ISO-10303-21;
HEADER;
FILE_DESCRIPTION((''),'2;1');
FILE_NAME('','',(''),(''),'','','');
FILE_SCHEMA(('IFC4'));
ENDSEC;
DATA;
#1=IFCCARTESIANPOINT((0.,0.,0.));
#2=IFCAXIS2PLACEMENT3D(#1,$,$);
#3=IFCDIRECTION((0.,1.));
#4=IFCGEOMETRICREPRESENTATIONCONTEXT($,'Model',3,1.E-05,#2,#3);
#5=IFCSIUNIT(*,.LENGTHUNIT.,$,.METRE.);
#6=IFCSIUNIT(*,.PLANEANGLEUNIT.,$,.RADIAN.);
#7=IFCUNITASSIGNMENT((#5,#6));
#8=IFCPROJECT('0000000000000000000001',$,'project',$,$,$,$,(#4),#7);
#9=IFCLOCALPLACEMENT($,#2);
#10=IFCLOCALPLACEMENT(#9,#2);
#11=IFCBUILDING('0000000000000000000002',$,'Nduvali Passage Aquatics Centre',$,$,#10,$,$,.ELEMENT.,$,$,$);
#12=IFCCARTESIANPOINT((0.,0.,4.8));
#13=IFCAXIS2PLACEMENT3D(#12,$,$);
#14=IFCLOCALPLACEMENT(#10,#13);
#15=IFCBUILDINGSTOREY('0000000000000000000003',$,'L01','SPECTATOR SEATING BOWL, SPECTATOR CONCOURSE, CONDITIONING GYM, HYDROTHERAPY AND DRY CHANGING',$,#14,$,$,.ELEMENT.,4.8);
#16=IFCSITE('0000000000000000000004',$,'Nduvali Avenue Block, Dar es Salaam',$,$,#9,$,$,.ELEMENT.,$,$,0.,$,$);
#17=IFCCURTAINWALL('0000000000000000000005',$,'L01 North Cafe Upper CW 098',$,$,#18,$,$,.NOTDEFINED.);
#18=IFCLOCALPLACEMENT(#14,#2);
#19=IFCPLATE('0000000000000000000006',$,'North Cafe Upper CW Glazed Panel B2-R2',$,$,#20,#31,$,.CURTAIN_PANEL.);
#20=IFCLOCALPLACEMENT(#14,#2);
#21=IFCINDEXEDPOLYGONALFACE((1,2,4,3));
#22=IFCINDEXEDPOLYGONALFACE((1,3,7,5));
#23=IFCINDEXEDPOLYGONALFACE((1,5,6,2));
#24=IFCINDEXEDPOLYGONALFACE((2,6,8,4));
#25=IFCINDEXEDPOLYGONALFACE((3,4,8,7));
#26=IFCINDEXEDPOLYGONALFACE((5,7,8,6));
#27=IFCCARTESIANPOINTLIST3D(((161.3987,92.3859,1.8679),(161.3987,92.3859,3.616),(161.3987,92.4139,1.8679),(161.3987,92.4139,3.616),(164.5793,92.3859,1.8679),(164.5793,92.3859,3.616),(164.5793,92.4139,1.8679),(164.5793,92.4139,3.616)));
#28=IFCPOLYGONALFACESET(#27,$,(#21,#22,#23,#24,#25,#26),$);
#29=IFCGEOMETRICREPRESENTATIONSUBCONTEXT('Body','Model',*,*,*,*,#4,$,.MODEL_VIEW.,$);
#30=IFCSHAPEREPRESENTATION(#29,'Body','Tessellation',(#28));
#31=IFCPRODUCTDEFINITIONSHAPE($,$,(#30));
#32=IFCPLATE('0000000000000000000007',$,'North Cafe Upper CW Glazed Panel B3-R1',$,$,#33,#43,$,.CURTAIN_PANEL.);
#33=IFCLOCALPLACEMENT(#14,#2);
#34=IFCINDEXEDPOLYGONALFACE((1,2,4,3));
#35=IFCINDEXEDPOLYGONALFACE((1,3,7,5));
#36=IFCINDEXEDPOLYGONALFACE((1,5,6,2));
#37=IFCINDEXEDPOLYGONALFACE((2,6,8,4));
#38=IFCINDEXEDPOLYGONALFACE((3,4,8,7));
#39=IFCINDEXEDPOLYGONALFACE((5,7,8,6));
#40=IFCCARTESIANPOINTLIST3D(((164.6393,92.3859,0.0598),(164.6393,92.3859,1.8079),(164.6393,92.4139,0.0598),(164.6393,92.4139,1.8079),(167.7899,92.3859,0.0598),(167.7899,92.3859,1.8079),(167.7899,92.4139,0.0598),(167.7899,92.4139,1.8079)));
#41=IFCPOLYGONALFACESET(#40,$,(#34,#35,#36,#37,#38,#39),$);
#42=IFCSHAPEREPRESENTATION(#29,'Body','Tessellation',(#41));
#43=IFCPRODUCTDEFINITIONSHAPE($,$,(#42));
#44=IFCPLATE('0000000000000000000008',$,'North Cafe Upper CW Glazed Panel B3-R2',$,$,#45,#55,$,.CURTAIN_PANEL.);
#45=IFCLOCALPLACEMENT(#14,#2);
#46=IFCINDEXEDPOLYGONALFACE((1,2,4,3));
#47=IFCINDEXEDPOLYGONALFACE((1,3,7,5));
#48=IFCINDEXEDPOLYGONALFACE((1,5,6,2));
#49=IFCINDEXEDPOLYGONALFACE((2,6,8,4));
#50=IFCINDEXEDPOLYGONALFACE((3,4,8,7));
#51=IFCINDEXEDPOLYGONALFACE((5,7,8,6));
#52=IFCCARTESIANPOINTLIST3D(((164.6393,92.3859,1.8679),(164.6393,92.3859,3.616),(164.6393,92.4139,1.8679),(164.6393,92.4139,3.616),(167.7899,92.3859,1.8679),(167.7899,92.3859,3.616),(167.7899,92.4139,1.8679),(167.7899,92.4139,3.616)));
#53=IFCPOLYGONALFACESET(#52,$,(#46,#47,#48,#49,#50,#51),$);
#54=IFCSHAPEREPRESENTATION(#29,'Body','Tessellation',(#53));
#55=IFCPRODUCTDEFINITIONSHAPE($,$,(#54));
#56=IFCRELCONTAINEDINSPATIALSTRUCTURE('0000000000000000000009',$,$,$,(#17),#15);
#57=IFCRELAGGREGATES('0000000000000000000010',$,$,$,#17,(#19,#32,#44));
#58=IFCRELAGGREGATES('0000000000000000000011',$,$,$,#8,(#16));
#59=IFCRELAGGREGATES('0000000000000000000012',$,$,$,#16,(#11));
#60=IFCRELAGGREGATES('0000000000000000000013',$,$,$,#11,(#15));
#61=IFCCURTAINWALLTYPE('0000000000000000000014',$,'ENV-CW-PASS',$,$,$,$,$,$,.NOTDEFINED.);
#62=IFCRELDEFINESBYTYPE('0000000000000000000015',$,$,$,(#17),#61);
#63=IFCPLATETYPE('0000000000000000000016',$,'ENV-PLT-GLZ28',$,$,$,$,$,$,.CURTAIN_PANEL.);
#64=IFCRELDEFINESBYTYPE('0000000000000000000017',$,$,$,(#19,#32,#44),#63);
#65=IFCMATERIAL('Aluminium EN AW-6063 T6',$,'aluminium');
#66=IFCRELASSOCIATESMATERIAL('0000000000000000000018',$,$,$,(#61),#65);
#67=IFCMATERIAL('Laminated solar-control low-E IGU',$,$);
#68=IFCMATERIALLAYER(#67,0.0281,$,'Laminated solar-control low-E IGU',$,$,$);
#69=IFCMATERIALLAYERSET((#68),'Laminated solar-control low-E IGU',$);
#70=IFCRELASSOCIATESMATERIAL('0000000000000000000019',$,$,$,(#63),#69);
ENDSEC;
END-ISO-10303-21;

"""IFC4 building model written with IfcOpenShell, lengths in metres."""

from ifc_helpers import new_model, si_unit, direction, frame, origin, origin_2d, place, context, subcontext, project, spatial, rectangle, extrude, material, layer, layer_set, type_object, element, aggregate, save


model = new_model("IFC4")

# Units and contexts
model_context = context("Model", 3, precision=1e-05, world=origin(), true_north=direction((0.0, 1.0)))
body_context = subcontext(model_context, "Body", "Model", "MODEL_VIEW")
ifc_project = project(units=[si_unit("LENGTHUNIT", "METRE"), si_unit("PLANEANGLEUNIT", "RADIAN")], contexts=[model_context])

# Site, building, storey
site_placement = place(None, origin())
site = spatial("IfcSite", under=ifc_project, at=site_placement, Name="Nduvali Avenue Block, Dar es Salaam", CompositionType="ELEMENT", RefElevation=0.0)
building_placement = place(site_placement, origin())
building = spatial("IfcBuilding", under=site, at=building_placement, Name="Nduvali Passage Aquatics Centre", CompositionType="ELEMENT")
storey_placement = place(building_placement, frame((0.0, 0.0, 4.8)))
storey = spatial("IfcBuildingStorey", under=building, at=storey_placement, Name="L01", Description="SPECTATOR SEATING BOWL, SPECTATOR CONCOURSE, CONDITIONING GYM, HYDROTHERAPY AND DRY CHANGING", CompositionType="ELEMENT", Elevation=4.8)

# Shared definitions
ifc_material_1 = material(Name="Aluminium EN AW-6063 T6", Category="aluminium")

# Curtain wall
curtain_wall_type_1 = type_object("IfcCurtainWallType", Name="ENV-CW-PASS", PredefinedType="NOTDEFINED", material=ifc_material_1)
curtain_wall_1_placement = place(storey_placement, origin())
curtain_wall_1 = element("IfcCurtainWall", 1, at=curtain_wall_1_placement, inside=storey, type_object=curtain_wall_type_1, Name="L01 North Cafe Upper CW 098", PredefinedType="NOTDEFINED")

# Plates
ifc_material_2 = material(Name="Laminated solar-control low-E IGU")
ifc_layer = layer(ifc_material_2, 0.0281, Name="Laminated solar-control low-E IGU")
ifc_layer_set = layer_set([ifc_layer], Name="Laminated solar-control low-E IGU")
plate_type = type_object("IfcPlateType", Name="ENV-PLT-GLZ28", PredefinedType="CURTAIN_PANEL", material=ifc_layer_set)
plate_1_placement = place(storey_placement, frame((162.989, 92.3999, 1.8679), z_axis=(0.0, 0.0, 1.0), x_axis=(1.0, 0.0, 0.0)))
plate_1 = element("IfcPlate", 2, at=plate_1_placement, type_object=plate_type, Name="North Cafe Upper CW Glazed Panel B2-R2", PredefinedType="CURTAIN_PANEL", context=body_context, shape_type="SweptSolid", body=[
    extrude(rectangle(XDim=3.1807, YDim=0.0281, at=origin_2d()), origin(), (0.0, 0.0, 1.0), 1.748),
])
plate_2_placement = place(storey_placement, frame((166.2146, 92.3999, 0.0598), z_axis=(0.0, 0.0, 1.0), x_axis=(1.0, 0.0, 0.0)))
plate_2 = element("IfcPlate", 3, at=plate_2_placement, type_object=plate_type, Name="North Cafe Upper CW Glazed Panel B3-R1", PredefinedType="CURTAIN_PANEL", context=body_context, shape_type="SweptSolid", body=[
    extrude(rectangle(XDim=3.1506, YDim=0.0281, at=origin_2d()), origin(), (0.0, 0.0, 1.0), 1.748),
])
plate_3_placement = place(storey_placement, frame((166.2146, 92.3999, 1.8679), z_axis=(0.0, 0.0, 1.0), x_axis=(1.0, 0.0, 0.0)))
plate_3 = element("IfcPlate", 4, at=plate_3_placement, type_object=plate_type, Name="North Cafe Upper CW Glazed Panel B3-R2", PredefinedType="CURTAIN_PANEL", context=body_context, shape_type="SweptSolid", body=[
    extrude(rectangle(XDim=3.1506, YDim=0.0281, at=origin_2d()), origin(), (0.0, 0.0, 1.0), 1.748),
])
aggregate(curtain_wall_1, [plate_1, plate_2, plate_3])

save(model, "model.ifc")
